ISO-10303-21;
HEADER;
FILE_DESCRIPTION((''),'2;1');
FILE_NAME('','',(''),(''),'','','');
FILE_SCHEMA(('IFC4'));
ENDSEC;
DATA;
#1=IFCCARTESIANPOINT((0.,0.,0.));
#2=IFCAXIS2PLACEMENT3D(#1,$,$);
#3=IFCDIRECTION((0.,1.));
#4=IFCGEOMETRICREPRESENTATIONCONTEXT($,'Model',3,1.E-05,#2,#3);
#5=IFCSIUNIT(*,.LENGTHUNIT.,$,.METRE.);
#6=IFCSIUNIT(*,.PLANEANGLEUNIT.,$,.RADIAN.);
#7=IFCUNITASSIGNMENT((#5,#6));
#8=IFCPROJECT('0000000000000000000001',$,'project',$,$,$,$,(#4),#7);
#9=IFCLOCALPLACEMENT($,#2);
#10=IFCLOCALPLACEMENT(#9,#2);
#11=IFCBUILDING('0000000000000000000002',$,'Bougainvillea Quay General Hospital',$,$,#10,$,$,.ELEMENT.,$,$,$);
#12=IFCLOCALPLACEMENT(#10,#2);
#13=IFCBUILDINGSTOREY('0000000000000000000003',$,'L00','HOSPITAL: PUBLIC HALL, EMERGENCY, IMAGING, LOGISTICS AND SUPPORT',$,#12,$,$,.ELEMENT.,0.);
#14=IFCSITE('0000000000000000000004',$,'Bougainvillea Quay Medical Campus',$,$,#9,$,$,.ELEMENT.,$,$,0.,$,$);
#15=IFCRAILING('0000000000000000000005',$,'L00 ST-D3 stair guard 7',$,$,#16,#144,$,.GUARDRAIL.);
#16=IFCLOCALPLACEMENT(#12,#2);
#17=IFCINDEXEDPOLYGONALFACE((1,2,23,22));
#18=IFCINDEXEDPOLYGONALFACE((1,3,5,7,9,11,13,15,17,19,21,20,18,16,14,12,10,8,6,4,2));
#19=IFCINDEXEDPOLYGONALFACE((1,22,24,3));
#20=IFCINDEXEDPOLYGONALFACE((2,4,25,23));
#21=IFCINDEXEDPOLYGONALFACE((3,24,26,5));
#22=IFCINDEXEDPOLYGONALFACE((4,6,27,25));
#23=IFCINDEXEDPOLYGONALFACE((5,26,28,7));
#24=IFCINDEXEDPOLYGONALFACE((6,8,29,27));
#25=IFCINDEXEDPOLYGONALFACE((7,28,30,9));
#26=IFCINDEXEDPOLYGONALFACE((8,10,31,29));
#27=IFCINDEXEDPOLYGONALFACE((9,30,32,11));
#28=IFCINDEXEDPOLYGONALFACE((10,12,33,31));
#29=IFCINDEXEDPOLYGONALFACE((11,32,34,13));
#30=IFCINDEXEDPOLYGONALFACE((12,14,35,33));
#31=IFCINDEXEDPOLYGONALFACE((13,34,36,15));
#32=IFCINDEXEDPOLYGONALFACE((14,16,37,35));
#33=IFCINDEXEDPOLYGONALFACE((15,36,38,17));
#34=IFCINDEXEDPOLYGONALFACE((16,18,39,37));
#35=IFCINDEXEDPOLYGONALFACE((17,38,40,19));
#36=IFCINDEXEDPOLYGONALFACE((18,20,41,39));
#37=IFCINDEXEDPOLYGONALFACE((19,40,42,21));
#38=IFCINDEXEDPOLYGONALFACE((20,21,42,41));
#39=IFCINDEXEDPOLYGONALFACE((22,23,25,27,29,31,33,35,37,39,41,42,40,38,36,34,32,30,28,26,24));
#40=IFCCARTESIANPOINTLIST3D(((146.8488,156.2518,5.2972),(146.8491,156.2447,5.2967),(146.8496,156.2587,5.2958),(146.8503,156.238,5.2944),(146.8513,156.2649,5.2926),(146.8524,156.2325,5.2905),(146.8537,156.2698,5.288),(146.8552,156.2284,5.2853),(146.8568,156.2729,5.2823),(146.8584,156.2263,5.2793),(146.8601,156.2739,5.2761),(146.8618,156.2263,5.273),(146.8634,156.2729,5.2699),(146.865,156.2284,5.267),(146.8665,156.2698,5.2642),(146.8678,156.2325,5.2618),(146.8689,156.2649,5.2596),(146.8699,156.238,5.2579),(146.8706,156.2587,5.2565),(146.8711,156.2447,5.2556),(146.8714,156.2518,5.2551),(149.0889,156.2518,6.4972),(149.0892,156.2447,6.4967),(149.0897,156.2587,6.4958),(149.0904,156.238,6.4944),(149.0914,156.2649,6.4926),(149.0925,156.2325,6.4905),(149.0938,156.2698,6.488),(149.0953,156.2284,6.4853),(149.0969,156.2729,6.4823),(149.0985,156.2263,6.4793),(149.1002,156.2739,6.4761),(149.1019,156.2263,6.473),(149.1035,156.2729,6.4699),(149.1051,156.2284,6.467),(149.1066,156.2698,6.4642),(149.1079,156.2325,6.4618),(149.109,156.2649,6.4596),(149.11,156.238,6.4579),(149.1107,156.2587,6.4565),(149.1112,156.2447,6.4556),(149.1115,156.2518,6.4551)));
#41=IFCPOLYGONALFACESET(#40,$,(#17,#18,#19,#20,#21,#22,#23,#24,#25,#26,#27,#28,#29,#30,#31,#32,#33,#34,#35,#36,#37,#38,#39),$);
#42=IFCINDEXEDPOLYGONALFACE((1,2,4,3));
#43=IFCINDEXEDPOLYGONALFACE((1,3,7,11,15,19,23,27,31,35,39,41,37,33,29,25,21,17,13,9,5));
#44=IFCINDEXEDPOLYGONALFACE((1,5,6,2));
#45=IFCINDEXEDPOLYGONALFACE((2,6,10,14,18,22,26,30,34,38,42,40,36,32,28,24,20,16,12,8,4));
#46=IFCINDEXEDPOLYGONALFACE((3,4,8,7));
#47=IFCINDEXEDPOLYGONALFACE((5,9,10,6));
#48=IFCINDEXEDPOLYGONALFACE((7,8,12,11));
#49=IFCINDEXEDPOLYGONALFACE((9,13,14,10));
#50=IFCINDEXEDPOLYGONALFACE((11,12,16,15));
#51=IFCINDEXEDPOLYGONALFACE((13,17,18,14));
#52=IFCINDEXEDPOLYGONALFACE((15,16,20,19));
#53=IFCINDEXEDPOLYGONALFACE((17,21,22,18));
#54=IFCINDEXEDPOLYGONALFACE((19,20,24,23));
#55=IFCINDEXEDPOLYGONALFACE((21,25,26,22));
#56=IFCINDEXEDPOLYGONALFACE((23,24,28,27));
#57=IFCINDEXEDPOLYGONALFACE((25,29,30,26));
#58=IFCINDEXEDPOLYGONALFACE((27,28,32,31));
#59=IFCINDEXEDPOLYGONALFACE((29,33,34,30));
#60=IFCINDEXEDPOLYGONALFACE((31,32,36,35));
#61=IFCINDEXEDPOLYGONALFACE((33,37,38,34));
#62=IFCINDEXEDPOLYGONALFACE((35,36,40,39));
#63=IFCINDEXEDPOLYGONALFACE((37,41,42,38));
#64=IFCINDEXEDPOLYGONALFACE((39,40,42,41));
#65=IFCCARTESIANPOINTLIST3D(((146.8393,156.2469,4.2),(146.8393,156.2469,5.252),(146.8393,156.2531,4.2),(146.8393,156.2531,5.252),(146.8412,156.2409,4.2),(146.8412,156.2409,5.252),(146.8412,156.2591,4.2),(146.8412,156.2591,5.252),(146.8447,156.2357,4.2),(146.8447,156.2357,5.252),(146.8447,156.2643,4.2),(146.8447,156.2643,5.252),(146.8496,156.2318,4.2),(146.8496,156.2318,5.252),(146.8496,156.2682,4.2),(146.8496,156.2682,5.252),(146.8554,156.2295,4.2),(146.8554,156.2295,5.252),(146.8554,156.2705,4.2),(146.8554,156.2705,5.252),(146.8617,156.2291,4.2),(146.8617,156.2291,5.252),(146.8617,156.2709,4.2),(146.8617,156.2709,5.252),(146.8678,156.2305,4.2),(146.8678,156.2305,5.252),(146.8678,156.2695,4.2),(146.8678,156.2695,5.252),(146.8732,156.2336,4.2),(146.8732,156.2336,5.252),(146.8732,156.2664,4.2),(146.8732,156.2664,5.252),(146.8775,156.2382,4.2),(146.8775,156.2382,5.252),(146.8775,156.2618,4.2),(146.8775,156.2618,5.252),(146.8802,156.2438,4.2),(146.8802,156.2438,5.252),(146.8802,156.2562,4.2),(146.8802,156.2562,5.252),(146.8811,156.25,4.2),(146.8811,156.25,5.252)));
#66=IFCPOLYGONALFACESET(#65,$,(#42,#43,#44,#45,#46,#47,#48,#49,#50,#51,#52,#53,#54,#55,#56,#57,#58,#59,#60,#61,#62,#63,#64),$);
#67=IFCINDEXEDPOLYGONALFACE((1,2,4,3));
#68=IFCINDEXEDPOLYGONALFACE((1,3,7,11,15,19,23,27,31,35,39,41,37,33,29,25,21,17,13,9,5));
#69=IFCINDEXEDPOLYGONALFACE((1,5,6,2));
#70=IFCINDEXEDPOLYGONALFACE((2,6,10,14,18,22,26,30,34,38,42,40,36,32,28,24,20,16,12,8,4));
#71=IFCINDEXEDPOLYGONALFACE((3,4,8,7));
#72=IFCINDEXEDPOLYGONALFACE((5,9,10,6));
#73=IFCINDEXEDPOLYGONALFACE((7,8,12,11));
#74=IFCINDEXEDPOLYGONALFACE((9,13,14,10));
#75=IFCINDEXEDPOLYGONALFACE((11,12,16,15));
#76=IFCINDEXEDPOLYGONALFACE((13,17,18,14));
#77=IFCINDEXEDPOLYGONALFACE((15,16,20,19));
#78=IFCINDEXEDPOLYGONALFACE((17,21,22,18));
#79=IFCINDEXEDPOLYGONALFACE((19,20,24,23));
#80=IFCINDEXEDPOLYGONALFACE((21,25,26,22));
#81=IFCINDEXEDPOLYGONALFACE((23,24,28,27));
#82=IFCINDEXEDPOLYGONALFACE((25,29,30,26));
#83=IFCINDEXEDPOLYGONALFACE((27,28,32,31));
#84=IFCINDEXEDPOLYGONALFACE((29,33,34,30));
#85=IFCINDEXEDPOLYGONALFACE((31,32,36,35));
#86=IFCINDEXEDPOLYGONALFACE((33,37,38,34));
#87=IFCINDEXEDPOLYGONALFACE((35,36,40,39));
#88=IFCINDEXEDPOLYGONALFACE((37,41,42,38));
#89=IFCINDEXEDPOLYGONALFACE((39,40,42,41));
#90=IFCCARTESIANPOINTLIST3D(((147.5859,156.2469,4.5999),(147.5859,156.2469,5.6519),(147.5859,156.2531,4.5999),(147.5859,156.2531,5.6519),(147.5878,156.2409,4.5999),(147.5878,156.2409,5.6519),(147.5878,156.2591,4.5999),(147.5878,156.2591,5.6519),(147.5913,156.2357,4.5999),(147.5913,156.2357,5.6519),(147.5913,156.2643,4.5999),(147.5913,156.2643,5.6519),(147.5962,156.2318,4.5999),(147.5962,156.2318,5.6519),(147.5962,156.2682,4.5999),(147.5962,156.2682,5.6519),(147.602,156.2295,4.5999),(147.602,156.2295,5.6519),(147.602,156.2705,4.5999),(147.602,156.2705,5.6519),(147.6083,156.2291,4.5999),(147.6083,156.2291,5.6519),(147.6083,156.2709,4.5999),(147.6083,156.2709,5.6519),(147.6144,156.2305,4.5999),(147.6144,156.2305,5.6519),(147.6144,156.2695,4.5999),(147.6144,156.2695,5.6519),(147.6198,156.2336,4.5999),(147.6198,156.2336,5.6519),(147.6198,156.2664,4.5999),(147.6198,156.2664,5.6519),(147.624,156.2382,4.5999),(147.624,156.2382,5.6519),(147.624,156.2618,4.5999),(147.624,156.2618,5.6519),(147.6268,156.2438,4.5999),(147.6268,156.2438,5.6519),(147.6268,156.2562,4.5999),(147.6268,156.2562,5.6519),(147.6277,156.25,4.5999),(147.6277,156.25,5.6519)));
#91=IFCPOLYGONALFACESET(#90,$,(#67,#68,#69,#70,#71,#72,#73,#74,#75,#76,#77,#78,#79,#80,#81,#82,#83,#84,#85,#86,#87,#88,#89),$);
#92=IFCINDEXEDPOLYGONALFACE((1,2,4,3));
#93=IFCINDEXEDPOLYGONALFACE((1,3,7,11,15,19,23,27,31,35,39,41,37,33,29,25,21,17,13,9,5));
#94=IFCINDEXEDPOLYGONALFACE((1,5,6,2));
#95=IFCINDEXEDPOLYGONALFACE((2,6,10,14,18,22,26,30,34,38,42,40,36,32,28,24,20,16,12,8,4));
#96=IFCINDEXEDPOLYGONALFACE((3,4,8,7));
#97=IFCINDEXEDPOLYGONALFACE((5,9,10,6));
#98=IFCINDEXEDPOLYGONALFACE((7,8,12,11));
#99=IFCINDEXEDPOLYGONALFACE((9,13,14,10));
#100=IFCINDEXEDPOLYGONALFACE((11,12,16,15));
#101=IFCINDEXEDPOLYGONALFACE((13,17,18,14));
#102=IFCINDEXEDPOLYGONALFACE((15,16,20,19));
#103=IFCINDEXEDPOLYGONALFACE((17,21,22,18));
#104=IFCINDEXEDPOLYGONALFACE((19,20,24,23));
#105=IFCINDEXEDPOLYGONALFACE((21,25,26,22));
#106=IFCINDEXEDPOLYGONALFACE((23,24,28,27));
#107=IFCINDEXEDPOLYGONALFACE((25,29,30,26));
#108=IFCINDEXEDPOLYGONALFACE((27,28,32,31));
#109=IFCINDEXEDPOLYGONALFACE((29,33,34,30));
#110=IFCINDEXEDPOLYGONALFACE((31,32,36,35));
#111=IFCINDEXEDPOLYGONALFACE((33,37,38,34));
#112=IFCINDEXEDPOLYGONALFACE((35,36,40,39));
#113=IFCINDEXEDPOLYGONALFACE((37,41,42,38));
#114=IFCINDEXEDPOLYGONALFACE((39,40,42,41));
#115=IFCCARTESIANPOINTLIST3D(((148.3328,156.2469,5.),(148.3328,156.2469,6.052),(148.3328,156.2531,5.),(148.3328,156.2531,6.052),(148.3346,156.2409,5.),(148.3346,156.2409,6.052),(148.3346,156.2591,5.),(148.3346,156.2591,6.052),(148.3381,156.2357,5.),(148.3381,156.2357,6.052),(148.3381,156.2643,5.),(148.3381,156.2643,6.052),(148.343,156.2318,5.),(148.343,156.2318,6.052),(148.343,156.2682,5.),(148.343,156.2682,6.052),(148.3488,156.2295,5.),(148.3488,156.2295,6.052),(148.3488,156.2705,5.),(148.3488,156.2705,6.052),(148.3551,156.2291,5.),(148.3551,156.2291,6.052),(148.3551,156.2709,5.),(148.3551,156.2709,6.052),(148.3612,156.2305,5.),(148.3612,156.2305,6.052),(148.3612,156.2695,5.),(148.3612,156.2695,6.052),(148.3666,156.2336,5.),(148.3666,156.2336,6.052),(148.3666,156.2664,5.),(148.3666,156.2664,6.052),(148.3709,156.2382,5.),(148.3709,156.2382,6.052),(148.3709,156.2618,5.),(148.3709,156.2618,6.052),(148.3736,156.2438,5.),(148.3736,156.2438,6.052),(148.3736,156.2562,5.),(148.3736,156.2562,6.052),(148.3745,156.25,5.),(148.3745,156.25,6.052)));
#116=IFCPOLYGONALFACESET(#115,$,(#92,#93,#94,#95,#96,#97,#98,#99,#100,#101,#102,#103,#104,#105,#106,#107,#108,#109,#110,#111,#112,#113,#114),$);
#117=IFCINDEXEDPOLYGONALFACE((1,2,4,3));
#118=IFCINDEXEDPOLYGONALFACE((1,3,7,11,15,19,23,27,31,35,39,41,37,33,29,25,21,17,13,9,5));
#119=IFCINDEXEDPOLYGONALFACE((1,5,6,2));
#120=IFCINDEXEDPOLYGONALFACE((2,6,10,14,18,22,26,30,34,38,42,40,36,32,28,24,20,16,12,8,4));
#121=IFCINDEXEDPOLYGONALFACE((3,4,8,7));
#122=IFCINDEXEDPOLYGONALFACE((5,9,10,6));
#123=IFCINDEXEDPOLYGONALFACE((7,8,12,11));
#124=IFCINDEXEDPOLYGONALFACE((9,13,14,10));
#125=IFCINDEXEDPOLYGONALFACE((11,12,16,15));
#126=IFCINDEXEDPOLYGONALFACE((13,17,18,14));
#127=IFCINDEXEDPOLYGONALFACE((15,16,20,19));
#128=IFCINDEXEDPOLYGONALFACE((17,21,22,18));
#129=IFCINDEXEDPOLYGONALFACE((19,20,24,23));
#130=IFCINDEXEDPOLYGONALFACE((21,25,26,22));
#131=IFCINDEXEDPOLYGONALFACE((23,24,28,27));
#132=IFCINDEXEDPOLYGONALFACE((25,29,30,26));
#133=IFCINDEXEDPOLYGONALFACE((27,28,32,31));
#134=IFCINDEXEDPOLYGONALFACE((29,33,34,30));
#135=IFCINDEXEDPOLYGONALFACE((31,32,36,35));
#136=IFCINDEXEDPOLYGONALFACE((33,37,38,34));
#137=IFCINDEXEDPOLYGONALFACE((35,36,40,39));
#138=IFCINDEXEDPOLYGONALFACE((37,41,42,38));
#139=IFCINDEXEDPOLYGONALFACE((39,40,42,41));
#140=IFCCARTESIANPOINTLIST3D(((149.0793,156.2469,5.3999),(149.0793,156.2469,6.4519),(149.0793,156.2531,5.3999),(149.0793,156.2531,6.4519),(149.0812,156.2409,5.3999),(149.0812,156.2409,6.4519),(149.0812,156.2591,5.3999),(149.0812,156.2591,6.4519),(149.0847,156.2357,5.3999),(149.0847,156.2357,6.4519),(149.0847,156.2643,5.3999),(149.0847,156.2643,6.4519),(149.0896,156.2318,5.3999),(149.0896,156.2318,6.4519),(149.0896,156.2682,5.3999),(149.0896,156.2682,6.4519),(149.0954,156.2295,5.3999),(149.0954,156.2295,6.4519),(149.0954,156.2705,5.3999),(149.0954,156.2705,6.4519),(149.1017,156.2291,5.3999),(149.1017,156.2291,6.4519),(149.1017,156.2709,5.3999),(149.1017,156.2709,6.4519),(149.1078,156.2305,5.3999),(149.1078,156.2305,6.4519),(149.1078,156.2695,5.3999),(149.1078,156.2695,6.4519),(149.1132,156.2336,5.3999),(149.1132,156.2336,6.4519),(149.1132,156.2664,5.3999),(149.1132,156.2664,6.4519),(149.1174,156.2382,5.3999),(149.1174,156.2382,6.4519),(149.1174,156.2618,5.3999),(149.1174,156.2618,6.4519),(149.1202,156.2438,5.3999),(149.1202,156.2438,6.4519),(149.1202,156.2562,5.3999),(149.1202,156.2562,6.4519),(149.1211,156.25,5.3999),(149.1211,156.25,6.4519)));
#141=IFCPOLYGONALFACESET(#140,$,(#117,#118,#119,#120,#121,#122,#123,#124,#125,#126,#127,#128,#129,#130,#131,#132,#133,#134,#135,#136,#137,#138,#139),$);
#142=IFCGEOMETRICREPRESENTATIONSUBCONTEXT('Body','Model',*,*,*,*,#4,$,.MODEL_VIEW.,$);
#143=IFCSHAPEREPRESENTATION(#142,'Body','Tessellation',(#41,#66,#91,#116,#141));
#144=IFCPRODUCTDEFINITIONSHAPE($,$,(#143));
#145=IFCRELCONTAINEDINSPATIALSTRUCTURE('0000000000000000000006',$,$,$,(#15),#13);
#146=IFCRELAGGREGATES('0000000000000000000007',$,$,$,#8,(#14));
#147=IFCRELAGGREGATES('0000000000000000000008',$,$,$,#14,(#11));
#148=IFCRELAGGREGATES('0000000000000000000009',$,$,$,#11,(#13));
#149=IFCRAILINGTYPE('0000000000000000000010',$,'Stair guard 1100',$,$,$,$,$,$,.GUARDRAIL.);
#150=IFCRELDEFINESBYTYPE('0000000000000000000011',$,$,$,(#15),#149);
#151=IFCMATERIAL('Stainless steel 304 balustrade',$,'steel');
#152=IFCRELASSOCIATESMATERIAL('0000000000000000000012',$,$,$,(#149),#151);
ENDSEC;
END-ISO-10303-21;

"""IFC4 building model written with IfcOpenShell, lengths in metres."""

from ifc_helpers import new_model, si_unit, direction, frame, origin, origin_2d, place, context, subcontext, project, spatial, circle, extrude, material, type_object, element, save


model = new_model("IFC4")

# Units and contexts
model_context = context("Model", 3, precision=1e-05, world=origin(), true_north=direction((0.0, 1.0)))
body_context = subcontext(model_context, "Body", "Model", "MODEL_VIEW")
ifc_project = project(units=[si_unit("LENGTHUNIT", "METRE"), si_unit("PLANEANGLEUNIT", "RADIAN")], contexts=[model_context])

# Site, building, storey
site_placement = place(None, origin())
site = spatial("IfcSite", under=ifc_project, at=site_placement, Name="Bougainvillea Quay Medical Campus", CompositionType="ELEMENT", RefElevation=0.0)
building_placement = place(site_placement, origin())
building = spatial("IfcBuilding", under=site, at=building_placement, Name="Bougainvillea Quay General Hospital", CompositionType="ELEMENT")
storey_placement = place(building_placement, origin())
storey = spatial("IfcBuildingStorey", under=building, at=storey_placement, Name="L00", Description="HOSPITAL: PUBLIC HALL, EMERGENCY, IMAGING, LOGISTICS AND SUPPORT", CompositionType="ELEMENT", Elevation=0.0)

# Railing
ifc_material_1 = material(Name="Stainless steel 304 balustrade", Category="steel")
railing_type_1 = type_object("IfcRailingType", Name="Stair guard 1100", PredefinedType="GUARDRAIL", material=ifc_material_1)
railing_1_placement = place(storey_placement, frame((146.8601, 156.25, 4.2)))
element("IfcRailing", 1, at=railing_1_placement, inside=storey, type_object=railing_type_1, Name="L00 ST-D3 stair guard 7", PredefinedType="GUARDRAIL", context=body_context, shape_type="SweptSolid", body=[
    extrude(circle(Radius=0.0239, at=origin_2d()), frame((0.0, 0.0, 1.0762), z_axis=(0.881487, 0.0, 0.472208), x_axis=(0.0, 1.0, 0.0)), (0.0, 0.0, 1.0), 2.5413),
    extrude(circle(Radius=0.021, at=origin_2d()), origin(), (0.0, 0.0, 1.0), 1.052),
    extrude(circle(Radius=0.021, at=origin_2d()), frame((0.7466, 0.0, 0.3999)), (0.0, 0.0, 1.0), 1.052),
    extrude(circle(Radius=0.021, at=origin_2d()), frame((1.4934, 0.0, 0.8)), (0.0, 0.0, 1.0), 1.052),
    extrude(circle(Radius=0.021, at=origin_2d()), frame((2.24, 0.0, 1.2)), (0.0, 0.0, 1.0), 1.052),
])

save(model, "model.ifc")
